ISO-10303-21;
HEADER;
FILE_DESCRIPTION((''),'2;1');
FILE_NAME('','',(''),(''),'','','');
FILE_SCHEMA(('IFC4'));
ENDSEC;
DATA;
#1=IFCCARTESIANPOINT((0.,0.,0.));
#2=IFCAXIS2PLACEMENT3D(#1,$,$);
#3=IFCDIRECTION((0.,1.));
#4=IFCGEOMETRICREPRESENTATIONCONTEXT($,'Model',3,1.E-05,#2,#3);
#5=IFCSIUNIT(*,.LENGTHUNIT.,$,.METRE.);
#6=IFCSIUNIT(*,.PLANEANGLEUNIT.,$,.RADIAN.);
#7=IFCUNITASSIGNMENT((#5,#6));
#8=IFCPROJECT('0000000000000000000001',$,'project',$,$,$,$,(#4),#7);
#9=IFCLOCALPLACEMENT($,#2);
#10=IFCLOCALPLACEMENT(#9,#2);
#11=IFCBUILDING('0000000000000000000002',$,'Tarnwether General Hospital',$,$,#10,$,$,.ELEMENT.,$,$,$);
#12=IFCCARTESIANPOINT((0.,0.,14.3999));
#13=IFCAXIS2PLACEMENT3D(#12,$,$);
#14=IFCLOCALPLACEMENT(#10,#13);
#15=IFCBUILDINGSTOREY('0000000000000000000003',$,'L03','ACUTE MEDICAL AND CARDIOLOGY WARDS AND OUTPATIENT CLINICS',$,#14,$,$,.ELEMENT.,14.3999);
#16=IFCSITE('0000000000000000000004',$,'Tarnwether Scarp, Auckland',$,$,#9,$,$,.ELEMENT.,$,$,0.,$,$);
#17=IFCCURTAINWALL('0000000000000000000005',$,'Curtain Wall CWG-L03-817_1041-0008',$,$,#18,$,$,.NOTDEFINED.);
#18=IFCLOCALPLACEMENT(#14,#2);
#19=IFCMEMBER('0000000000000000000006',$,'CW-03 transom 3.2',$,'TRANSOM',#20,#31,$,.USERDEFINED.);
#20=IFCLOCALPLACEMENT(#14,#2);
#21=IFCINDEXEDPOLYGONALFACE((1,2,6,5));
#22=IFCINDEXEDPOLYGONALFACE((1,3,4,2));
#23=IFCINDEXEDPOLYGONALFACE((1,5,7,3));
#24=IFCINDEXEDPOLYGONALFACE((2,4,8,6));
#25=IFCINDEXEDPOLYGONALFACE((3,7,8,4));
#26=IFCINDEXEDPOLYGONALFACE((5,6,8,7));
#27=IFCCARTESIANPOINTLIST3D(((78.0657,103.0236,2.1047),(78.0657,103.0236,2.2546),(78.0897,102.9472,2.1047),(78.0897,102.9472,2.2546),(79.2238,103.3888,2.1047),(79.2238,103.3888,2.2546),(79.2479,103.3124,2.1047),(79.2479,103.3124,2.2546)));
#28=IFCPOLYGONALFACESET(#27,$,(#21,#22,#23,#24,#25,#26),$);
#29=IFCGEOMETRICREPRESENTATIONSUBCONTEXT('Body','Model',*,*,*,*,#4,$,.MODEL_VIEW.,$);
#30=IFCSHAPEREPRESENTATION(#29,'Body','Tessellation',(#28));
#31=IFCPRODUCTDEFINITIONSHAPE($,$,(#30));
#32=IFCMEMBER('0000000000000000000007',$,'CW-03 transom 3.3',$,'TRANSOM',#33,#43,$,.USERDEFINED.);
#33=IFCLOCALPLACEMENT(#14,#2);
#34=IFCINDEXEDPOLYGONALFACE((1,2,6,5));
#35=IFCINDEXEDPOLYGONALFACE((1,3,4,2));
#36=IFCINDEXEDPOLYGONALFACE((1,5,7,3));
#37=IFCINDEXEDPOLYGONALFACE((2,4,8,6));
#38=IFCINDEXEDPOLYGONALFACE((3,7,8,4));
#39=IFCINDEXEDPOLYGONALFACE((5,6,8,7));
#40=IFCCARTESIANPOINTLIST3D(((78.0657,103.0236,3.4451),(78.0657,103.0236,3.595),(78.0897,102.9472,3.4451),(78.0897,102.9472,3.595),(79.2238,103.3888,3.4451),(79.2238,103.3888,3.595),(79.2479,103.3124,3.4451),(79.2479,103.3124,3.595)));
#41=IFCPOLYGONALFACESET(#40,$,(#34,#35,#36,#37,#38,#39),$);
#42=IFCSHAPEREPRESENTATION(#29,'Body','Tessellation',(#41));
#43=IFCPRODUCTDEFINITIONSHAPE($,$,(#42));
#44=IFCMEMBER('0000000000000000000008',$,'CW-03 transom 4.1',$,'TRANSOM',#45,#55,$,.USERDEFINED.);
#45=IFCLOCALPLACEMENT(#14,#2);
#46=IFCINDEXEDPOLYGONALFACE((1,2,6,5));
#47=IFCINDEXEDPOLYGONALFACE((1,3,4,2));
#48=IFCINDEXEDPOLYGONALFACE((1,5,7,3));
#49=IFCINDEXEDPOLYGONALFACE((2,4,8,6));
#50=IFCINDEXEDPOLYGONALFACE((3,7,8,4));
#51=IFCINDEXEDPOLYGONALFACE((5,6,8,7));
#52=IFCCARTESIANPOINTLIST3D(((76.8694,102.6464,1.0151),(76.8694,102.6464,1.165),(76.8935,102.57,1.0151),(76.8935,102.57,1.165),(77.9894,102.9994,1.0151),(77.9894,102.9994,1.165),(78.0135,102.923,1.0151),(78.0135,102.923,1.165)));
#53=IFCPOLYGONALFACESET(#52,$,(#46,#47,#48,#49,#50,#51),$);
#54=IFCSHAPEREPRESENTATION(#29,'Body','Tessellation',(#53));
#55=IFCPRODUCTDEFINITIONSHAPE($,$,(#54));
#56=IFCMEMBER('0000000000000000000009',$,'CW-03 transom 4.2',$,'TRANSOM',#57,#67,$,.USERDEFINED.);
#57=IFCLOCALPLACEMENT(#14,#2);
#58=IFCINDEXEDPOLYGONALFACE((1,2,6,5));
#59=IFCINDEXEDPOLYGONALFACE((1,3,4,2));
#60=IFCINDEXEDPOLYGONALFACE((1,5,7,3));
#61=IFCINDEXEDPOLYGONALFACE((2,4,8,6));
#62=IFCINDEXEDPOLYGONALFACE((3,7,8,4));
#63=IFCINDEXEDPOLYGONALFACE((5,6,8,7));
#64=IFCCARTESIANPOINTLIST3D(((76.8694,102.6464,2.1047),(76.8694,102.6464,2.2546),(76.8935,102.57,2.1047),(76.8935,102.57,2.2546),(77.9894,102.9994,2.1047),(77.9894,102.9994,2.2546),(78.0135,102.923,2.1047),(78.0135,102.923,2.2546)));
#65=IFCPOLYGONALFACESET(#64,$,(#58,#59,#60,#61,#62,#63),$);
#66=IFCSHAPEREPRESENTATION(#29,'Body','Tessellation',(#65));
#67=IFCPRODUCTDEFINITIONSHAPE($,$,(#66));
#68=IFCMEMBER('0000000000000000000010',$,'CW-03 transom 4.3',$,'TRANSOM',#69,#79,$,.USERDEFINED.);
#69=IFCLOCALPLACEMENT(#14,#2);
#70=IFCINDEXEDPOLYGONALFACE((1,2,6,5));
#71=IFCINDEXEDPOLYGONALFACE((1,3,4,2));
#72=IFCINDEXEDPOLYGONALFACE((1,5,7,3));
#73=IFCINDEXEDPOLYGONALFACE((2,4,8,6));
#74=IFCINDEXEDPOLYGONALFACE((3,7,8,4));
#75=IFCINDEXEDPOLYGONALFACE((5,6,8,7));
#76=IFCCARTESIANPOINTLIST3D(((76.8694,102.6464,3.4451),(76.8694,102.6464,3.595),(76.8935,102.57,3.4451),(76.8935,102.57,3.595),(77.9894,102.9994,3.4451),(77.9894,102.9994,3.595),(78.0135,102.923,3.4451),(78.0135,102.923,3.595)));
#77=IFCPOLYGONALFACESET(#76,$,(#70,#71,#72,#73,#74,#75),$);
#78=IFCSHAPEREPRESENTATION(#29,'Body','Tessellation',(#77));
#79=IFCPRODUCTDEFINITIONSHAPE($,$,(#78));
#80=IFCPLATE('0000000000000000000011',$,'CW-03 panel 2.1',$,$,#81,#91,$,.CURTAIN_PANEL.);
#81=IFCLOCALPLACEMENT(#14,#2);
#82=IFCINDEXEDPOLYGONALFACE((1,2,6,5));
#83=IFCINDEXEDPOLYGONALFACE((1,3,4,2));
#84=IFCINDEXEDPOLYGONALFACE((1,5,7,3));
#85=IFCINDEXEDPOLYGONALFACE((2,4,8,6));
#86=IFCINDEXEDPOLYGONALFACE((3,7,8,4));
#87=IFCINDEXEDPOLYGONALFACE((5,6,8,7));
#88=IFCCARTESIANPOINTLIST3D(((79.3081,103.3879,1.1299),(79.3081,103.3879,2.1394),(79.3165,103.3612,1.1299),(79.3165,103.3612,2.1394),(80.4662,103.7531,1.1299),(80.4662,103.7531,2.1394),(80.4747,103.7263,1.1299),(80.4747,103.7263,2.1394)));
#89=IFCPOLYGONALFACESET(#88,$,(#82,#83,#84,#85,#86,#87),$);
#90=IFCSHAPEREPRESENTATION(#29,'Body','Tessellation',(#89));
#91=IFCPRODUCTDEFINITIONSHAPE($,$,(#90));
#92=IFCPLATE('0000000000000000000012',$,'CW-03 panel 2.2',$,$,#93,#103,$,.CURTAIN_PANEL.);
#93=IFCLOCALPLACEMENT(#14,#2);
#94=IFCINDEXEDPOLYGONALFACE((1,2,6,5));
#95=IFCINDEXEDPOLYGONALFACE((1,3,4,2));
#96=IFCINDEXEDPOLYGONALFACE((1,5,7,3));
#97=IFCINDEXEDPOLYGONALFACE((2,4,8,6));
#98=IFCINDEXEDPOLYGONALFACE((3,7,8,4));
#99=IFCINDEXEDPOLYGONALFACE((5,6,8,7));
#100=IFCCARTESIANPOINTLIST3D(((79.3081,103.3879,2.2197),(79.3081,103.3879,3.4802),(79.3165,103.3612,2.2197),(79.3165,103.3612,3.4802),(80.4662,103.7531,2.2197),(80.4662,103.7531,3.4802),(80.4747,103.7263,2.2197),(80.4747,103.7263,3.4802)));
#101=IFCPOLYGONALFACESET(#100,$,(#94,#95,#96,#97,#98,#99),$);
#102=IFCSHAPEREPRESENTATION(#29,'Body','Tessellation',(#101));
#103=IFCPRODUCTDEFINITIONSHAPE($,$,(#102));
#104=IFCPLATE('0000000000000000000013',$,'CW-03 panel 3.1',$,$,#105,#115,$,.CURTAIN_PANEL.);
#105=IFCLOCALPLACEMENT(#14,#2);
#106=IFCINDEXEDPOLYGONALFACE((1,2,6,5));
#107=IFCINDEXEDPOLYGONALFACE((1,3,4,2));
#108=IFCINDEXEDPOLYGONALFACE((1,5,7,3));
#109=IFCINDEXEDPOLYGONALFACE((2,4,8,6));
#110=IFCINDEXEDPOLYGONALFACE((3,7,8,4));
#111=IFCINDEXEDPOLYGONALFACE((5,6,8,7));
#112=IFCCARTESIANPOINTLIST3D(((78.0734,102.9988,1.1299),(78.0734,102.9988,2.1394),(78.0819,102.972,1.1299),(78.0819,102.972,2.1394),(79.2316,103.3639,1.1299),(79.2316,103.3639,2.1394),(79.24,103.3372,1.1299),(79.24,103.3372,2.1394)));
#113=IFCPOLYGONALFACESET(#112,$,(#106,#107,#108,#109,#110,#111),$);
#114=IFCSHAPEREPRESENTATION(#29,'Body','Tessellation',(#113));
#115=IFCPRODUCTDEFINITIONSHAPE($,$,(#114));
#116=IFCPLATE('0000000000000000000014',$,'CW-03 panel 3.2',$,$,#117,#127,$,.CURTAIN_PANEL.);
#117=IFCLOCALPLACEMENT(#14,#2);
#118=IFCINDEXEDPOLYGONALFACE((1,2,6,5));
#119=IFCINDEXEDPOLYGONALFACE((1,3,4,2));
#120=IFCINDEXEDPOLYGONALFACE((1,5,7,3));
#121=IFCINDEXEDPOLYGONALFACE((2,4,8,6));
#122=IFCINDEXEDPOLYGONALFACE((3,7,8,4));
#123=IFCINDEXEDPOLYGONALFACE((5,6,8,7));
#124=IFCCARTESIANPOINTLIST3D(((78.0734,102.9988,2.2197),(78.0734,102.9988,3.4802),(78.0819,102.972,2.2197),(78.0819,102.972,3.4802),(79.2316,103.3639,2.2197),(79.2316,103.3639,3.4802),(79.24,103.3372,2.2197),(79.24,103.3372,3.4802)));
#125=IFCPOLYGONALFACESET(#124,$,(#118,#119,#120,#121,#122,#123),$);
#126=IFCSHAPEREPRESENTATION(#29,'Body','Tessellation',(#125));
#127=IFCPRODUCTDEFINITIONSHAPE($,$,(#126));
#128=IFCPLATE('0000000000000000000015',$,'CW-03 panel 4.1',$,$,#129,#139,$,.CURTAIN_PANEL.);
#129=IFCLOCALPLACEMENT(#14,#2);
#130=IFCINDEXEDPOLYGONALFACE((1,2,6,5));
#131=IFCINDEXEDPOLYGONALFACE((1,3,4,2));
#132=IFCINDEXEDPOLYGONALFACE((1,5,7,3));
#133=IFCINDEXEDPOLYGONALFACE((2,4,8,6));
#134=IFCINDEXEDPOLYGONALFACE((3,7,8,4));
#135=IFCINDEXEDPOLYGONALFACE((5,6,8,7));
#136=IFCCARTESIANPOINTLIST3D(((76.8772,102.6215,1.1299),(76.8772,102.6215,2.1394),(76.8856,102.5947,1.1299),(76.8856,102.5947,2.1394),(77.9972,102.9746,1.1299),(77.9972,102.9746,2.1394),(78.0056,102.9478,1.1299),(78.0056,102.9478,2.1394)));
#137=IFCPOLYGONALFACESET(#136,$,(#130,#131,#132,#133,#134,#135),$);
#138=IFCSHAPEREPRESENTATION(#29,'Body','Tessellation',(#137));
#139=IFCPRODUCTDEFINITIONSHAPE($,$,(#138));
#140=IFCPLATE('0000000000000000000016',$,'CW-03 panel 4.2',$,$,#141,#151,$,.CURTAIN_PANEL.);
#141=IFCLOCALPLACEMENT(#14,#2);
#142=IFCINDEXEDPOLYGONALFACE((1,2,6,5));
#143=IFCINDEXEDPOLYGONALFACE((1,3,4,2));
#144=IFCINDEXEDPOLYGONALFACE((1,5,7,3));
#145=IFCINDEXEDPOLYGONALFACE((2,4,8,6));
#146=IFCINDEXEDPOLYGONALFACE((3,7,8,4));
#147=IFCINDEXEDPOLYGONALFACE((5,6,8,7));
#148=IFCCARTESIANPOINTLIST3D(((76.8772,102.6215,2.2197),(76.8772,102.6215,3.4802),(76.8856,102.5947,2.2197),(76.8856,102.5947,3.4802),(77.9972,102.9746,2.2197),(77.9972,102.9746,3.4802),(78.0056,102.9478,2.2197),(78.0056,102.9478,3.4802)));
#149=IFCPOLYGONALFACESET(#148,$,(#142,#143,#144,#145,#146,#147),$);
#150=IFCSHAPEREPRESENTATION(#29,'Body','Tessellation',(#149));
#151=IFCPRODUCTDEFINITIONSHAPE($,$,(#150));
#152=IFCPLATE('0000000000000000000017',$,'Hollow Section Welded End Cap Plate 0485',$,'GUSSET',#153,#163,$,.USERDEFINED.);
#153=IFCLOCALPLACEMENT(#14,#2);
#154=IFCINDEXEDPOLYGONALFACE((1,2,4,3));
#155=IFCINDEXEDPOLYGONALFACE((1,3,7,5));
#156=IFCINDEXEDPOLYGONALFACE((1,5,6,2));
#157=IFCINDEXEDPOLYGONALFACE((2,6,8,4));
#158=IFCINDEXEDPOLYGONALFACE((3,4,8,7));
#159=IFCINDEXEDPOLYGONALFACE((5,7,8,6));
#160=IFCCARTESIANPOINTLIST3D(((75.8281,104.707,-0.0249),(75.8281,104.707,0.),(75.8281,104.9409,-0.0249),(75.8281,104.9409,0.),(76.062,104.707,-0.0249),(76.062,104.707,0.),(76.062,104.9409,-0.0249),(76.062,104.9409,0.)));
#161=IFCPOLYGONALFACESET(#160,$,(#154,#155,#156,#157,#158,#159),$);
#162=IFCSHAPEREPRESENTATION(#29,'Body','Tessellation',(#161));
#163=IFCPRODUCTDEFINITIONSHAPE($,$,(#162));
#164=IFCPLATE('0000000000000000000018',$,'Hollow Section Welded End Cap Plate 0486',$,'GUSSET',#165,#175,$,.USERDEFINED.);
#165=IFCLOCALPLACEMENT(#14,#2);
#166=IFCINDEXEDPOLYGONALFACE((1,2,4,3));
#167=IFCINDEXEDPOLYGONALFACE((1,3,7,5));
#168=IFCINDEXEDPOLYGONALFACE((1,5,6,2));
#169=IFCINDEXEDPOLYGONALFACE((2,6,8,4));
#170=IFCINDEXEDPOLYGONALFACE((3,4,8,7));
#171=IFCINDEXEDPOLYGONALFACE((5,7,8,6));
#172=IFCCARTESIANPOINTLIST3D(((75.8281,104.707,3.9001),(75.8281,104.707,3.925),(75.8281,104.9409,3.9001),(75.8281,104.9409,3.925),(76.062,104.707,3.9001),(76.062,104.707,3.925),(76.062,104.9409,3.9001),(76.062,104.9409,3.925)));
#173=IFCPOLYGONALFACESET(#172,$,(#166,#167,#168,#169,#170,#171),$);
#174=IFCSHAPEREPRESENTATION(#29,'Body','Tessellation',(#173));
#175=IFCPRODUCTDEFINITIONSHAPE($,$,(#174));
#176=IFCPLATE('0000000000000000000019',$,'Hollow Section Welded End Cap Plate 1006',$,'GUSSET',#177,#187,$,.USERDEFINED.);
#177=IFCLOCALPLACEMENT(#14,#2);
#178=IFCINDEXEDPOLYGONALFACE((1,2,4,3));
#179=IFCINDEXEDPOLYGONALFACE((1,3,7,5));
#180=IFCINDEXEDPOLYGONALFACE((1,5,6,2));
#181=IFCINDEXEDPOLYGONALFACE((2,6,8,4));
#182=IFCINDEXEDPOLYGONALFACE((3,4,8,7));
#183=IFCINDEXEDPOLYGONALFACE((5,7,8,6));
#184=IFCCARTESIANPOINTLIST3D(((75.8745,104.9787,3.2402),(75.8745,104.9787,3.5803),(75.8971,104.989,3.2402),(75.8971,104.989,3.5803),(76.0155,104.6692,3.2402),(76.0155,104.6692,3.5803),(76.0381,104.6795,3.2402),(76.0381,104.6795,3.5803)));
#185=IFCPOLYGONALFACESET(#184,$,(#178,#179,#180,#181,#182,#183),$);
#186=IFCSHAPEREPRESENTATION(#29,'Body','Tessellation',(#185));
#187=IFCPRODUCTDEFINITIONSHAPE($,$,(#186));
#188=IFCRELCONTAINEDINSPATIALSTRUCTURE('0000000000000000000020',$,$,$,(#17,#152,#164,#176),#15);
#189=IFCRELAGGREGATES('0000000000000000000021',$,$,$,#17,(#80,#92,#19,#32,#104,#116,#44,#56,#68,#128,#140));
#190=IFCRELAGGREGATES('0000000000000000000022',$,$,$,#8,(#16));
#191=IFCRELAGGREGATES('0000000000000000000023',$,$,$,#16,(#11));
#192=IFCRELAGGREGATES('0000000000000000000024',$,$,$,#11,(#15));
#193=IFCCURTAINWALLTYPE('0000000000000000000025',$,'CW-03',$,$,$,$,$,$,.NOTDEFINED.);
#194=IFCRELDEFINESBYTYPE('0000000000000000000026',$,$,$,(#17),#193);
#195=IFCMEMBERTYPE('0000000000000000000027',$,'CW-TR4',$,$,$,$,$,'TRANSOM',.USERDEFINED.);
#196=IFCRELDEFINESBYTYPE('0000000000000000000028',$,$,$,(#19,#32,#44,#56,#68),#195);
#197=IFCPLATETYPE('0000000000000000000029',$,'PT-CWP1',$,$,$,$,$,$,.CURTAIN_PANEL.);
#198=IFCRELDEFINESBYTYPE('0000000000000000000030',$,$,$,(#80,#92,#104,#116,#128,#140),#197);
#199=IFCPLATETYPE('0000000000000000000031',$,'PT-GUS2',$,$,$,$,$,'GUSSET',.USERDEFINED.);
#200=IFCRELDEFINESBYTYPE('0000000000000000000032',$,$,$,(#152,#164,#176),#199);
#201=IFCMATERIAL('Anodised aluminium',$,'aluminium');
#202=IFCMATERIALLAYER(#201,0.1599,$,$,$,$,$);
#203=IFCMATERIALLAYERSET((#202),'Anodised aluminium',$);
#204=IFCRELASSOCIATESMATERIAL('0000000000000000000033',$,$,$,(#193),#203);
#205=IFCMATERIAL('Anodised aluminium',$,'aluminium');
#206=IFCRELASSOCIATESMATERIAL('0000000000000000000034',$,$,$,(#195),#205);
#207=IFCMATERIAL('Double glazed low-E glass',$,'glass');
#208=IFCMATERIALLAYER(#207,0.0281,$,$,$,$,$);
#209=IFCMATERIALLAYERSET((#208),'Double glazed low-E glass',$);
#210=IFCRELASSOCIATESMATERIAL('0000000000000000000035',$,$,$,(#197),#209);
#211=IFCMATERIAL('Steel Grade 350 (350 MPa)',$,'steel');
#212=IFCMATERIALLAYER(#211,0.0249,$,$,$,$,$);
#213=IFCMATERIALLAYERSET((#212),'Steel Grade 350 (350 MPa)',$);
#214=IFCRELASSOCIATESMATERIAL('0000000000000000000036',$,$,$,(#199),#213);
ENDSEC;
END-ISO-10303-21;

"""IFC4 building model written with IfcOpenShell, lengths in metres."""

from ifc_helpers import new_model, si_unit, direction, frame, origin, origin_2d, place, context, subcontext, project, spatial, rectangle, extrude, material, layer, layer_set, material_profile, profile_set, type_object, element, aggregate, save


model = new_model("IFC4")

# Units and contexts
model_context = context("Model", 3, precision=1e-05, world=origin(), true_north=direction((0.0, 1.0)))
body_context = subcontext(model_context, "Body", "Model", "MODEL_VIEW")
ifc_project = project(units=[si_unit("LENGTHUNIT", "METRE"), si_unit("PLANEANGLEUNIT", "RADIAN")], contexts=[model_context])

# Site, building, storey
site_placement = place(None, origin())
site = spatial("IfcSite", under=ifc_project, at=site_placement, Name="Tarnwether Scarp, Auckland", CompositionType="ELEMENT", RefElevation=0.0)
building_placement = place(site_placement, origin())
building = spatial("IfcBuilding", under=site, at=building_placement, Name="Tarnwether General Hospital", CompositionType="ELEMENT")
storey_placement = place(building_placement, frame((0.0, 0.0, 14.3999)))
storey = spatial("IfcBuildingStorey", under=building, at=storey_placement, Name="L03", Description="ACUTE MEDICAL AND CARDIOLOGY WARDS AND OUTPATIENT CLINICS", CompositionType="ELEMENT", Elevation=14.3999)

# Shared definitions
ifc_material_1 = material(Name="Anodised aluminium", Category="aluminium")
ifc_layer_1 = layer(ifc_material_1, 0.1599)
ifc_layer_set_1 = layer_set([ifc_layer_1], Name="Anodised aluminium")
curtain_wall_type = type_object("IfcCurtainWallType", Name="CW-03", PredefinedType="NOTDEFINED", material=ifc_layer_set_1)

# Curtain wall
curtain_wall_1_placement = place(storey_placement, origin())
curtain_wall_1 = element("IfcCurtainWall", 1, at=curtain_wall_1_placement, inside=storey, type_object=curtain_wall_type, Name="Curtain Wall CWG-L03-817_1041-0008", PredefinedType="NOTDEFINED")

# Members
ifc_material_2 = material(Name="Anodised aluminium", Category="aluminium")
ifc_material_profile_1 = material_profile(ifc_material_2, rectangle(XDim=0.0801, YDim=0.1499, at=origin_2d()), Name="ALU-TRN-80x150")
ifc_profile_set_1 = profile_set([ifc_material_profile_1], Name="Anodised aluminium")
member_type_1 = type_object("IfcMemberType", Name="CW-TR4", ElementType="TRANSOM", PredefinedType="USERDEFINED", material=ifc_profile_set_1)
member_1_placement = place(storey_placement, frame((79.2358, 103.3506, 2.1797), z_axis=(-0.953704, -0.300746, 0.0), x_axis=(0.300746, -0.953704, 0.0)))
member_1 = element("IfcMember", 2, at=member_1_placement, type_object=member_type_1, Name="CW-03 transom 3.2", ObjectType="TRANSOM", PredefinedType="USERDEFINED", context=body_context, shape_type="SweptSolid", body=[
    extrude(rectangle(XDim=0.0801, YDim=0.1499, at=origin_2d()), origin(), (0.0, 0.0, 1.0), 1.2144),
])
member_2_placement = place(storey_placement, frame((79.2358, 103.3506, 3.52), z_axis=(-0.953704, -0.300746, 0.0), x_axis=(0.300746, -0.953704, 0.0)))
member_2 = element("IfcMember", 3, at=member_2_placement, type_object=member_type_1, Name="CW-03 transom 3.3", ObjectType="TRANSOM", PredefinedType="USERDEFINED", context=body_context, shape_type="SweptSolid", body=[
    extrude(rectangle(XDim=0.0801, YDim=0.1499, at=origin_2d()), origin(), (0.0, 0.0, 1.0), 1.2144),
])
member_3_placement = place(storey_placement, frame((78.0015, 102.9612, 1.0901), z_axis=(-0.953752, -0.300594, 0.0), x_axis=(0.300594, -0.953752, 0.0)))
member_3 = element("IfcMember", 4, at=member_3_placement, type_object=member_type_1, Name="CW-03 transom 4.1", ObjectType="TRANSOM", PredefinedType="USERDEFINED", context=body_context, shape_type="SweptSolid", body=[
    extrude(rectangle(XDim=0.0801, YDim=0.1499, at=origin_2d()), origin(), (0.0, 0.0, 1.0), 1.1743),
])
member_4_placement = place(storey_placement, frame((78.0015, 102.9612, 2.1797), z_axis=(-0.953752, -0.300594, 0.0), x_axis=(0.300594, -0.953752, 0.0)))
member_4 = element("IfcMember", 5, at=member_4_placement, type_object=member_type_1, Name="CW-03 transom 4.2", ObjectType="TRANSOM", PredefinedType="USERDEFINED", context=body_context, shape_type="SweptSolid", body=[
    extrude(rectangle(XDim=0.0801, YDim=0.1499, at=origin_2d()), origin(), (0.0, 0.0, 1.0), 1.1743),
])
member_5_placement = place(storey_placement, frame((78.0015, 102.9612, 3.52), z_axis=(-0.953752, -0.300594, 0.0), x_axis=(0.300594, -0.953752, 0.0)))
member_5 = element("IfcMember", 6, at=member_5_placement, type_object=member_type_1, Name="CW-03 transom 4.3", ObjectType="TRANSOM", PredefinedType="USERDEFINED", context=body_context, shape_type="SweptSolid", body=[
    extrude(rectangle(XDim=0.0801, YDim=0.1499, at=origin_2d()), origin(), (0.0, 0.0, 1.0), 1.1743),
])

# Plates
ifc_material_3 = material(Name="Double glazed low-E glass", Category="glass")
ifc_layer_2 = layer(ifc_material_3, 0.0281)
ifc_layer_set_2 = layer_set([ifc_layer_2], Name="Double glazed low-E glass")
plate_type_1 = type_object("IfcPlateType", Name="PT-CWP1", PredefinedType="CURTAIN_PANEL", material=ifc_layer_set_2)
plate_1_placement = place(storey_placement, frame((79.8914, 103.5571, 1.1299), z_axis=(0.0, 0.0, 1.0), x_axis=(-0.953714, -0.300715, 0.0)))
plate_1 = element("IfcPlate", 7, at=plate_1_placement, type_object=plate_type_1, Name="CW-03 panel 2.1", PredefinedType="CURTAIN_PANEL", context=body_context, shape_type="SweptSolid", body=[
    extrude(rectangle(XDim=1.2144, YDim=0.0281, at=origin_2d()), origin(), (0.0, 0.0, 1.0), 1.0095),
])
plate_2_placement = place(storey_placement, frame((79.8914, 103.5571, 2.2197), z_axis=(0.0, 0.0, 1.0), x_axis=(-0.953714, -0.300715, 0.0)))
plate_2 = element("IfcPlate", 8, at=plate_2_placement, type_object=plate_type_1, Name="CW-03 panel 2.2", PredefinedType="CURTAIN_PANEL", context=body_context, shape_type="SweptSolid", body=[
    extrude(rectangle(XDim=1.2144, YDim=0.0281, at=origin_2d()), origin(), (0.0, 0.0, 1.0), 1.2605),
])
plate_3_placement = place(storey_placement, frame((78.6567, 103.168, 1.1299), z_axis=(0.0, 0.0, 1.0), x_axis=(-0.953714, -0.300715, 0.0)))
plate_3 = element("IfcPlate", 9, at=plate_3_placement, type_object=plate_type_1, Name="CW-03 panel 3.1", PredefinedType="CURTAIN_PANEL", context=body_context, shape_type="SweptSolid", body=[
    extrude(rectangle(XDim=1.2144, YDim=0.0281, at=origin_2d()), origin(), (0.0, 0.0, 1.0), 1.0095),
])
plate_4_placement = place(storey_placement, frame((78.6567, 103.168, 2.2197), z_axis=(0.0, 0.0, 1.0), x_axis=(-0.953714, -0.300715, 0.0)))
plate_4 = element("IfcPlate", 10, at=plate_4_placement, type_object=plate_type_1, Name="CW-03 panel 3.2", PredefinedType="CURTAIN_PANEL", context=body_context, shape_type="SweptSolid", body=[
    extrude(rectangle(XDim=1.2144, YDim=0.0281, at=origin_2d()), origin(), (0.0, 0.0, 1.0), 1.2605),
])
plate_5_placement = place(storey_placement, frame((77.4414, 102.7847, 1.1299), z_axis=(0.0, 0.0, 1.0), x_axis=(-0.953714, -0.300715, 0.0)))
plate_5 = element("IfcPlate", 11, at=plate_5_placement, type_object=plate_type_1, Name="CW-03 panel 4.1", PredefinedType="CURTAIN_PANEL", context=body_context, shape_type="SweptSolid", body=[
    extrude(rectangle(XDim=1.1743, YDim=0.0281, at=origin_2d()), origin(), (0.0, 0.0, 1.0), 1.0095),
])
plate_6_placement = place(storey_placement, frame((77.4414, 102.7847, 2.2197), z_axis=(0.0, 0.0, 1.0), x_axis=(-0.953714, -0.300715, 0.0)))
plate_6 = element("IfcPlate", 12, at=plate_6_placement, type_object=plate_type_1, Name="CW-03 panel 4.2", PredefinedType="CURTAIN_PANEL", context=body_context, shape_type="SweptSolid", body=[
    extrude(rectangle(XDim=1.1743, YDim=0.0281, at=origin_2d()), origin(), (0.0, 0.0, 1.0), 1.2605),
])
aggregate(curtain_wall_1, [plate_1, plate_2, member_1, member_2, plate_3, plate_4, member_3, member_4, member_5, plate_5, plate_6])

# Plates
ifc_material_4 = material(Name="Steel Grade 350 (350 MPa)", Category="steel")
ifc_layer_3 = layer(ifc_material_4, 0.0249)
ifc_layer_set_3 = layer_set([ifc_layer_3], Name="Steel Grade 350 (350 MPa)")
plate_type_2 = type_object("IfcPlateType", Name="PT-GUS2", ElementType="GUSSET", PredefinedType="USERDEFINED", material=ifc_layer_set_3)
for number, where, z_axis, x_axis, name in (
    (13, (75.9451, 104.824, -0.0249), (0.0, 0.0, 1.0), (1.0, 0.0, 0.0), "Hollow Section Welded End Cap Plate 0485"),
    (14, (75.9451, 104.824, 3.9001), (0.0, 0.0, 1.0), (1.0, 0.0, 0.0), "Hollow Section Welded End Cap Plate 0486"),
):
    element("IfcPlate", number, at=place(storey_placement, frame(where, z_axis=z_axis, x_axis=x_axis)), inside=storey, type_object=plate_type_2, Name=name, ObjectType="GUSSET", PredefinedType="USERDEFINED", context=body_context, shape_type="SweptSolid", body=[
        extrude(rectangle(XDim=0.2339, YDim=0.2339, at=origin_2d()), origin(), (0.0, 0.0, 1.0), 0.0249),
    ])
plate_7_placement = place(storey_placement, frame((75.9563, 104.8291, 3.2402), z_axis=(0.0, 0.0, 1.0), x_axis=(0.909969, 0.414677, 0.0)))
element("IfcPlate", 15, at=plate_7_placement, inside=storey, type_object=plate_type_2, Name="Hollow Section Welded End Cap Plate 1006", ObjectType="GUSSET", PredefinedType="USERDEFINED", context=body_context, shape_type="SweptSolid", body=[
    extrude(rectangle(XDim=0.0249, YDim=0.3401, at=origin_2d()), origin(), (0.0, 0.0, 1.0), 0.3401),
])

save(model, "model.ifc")
